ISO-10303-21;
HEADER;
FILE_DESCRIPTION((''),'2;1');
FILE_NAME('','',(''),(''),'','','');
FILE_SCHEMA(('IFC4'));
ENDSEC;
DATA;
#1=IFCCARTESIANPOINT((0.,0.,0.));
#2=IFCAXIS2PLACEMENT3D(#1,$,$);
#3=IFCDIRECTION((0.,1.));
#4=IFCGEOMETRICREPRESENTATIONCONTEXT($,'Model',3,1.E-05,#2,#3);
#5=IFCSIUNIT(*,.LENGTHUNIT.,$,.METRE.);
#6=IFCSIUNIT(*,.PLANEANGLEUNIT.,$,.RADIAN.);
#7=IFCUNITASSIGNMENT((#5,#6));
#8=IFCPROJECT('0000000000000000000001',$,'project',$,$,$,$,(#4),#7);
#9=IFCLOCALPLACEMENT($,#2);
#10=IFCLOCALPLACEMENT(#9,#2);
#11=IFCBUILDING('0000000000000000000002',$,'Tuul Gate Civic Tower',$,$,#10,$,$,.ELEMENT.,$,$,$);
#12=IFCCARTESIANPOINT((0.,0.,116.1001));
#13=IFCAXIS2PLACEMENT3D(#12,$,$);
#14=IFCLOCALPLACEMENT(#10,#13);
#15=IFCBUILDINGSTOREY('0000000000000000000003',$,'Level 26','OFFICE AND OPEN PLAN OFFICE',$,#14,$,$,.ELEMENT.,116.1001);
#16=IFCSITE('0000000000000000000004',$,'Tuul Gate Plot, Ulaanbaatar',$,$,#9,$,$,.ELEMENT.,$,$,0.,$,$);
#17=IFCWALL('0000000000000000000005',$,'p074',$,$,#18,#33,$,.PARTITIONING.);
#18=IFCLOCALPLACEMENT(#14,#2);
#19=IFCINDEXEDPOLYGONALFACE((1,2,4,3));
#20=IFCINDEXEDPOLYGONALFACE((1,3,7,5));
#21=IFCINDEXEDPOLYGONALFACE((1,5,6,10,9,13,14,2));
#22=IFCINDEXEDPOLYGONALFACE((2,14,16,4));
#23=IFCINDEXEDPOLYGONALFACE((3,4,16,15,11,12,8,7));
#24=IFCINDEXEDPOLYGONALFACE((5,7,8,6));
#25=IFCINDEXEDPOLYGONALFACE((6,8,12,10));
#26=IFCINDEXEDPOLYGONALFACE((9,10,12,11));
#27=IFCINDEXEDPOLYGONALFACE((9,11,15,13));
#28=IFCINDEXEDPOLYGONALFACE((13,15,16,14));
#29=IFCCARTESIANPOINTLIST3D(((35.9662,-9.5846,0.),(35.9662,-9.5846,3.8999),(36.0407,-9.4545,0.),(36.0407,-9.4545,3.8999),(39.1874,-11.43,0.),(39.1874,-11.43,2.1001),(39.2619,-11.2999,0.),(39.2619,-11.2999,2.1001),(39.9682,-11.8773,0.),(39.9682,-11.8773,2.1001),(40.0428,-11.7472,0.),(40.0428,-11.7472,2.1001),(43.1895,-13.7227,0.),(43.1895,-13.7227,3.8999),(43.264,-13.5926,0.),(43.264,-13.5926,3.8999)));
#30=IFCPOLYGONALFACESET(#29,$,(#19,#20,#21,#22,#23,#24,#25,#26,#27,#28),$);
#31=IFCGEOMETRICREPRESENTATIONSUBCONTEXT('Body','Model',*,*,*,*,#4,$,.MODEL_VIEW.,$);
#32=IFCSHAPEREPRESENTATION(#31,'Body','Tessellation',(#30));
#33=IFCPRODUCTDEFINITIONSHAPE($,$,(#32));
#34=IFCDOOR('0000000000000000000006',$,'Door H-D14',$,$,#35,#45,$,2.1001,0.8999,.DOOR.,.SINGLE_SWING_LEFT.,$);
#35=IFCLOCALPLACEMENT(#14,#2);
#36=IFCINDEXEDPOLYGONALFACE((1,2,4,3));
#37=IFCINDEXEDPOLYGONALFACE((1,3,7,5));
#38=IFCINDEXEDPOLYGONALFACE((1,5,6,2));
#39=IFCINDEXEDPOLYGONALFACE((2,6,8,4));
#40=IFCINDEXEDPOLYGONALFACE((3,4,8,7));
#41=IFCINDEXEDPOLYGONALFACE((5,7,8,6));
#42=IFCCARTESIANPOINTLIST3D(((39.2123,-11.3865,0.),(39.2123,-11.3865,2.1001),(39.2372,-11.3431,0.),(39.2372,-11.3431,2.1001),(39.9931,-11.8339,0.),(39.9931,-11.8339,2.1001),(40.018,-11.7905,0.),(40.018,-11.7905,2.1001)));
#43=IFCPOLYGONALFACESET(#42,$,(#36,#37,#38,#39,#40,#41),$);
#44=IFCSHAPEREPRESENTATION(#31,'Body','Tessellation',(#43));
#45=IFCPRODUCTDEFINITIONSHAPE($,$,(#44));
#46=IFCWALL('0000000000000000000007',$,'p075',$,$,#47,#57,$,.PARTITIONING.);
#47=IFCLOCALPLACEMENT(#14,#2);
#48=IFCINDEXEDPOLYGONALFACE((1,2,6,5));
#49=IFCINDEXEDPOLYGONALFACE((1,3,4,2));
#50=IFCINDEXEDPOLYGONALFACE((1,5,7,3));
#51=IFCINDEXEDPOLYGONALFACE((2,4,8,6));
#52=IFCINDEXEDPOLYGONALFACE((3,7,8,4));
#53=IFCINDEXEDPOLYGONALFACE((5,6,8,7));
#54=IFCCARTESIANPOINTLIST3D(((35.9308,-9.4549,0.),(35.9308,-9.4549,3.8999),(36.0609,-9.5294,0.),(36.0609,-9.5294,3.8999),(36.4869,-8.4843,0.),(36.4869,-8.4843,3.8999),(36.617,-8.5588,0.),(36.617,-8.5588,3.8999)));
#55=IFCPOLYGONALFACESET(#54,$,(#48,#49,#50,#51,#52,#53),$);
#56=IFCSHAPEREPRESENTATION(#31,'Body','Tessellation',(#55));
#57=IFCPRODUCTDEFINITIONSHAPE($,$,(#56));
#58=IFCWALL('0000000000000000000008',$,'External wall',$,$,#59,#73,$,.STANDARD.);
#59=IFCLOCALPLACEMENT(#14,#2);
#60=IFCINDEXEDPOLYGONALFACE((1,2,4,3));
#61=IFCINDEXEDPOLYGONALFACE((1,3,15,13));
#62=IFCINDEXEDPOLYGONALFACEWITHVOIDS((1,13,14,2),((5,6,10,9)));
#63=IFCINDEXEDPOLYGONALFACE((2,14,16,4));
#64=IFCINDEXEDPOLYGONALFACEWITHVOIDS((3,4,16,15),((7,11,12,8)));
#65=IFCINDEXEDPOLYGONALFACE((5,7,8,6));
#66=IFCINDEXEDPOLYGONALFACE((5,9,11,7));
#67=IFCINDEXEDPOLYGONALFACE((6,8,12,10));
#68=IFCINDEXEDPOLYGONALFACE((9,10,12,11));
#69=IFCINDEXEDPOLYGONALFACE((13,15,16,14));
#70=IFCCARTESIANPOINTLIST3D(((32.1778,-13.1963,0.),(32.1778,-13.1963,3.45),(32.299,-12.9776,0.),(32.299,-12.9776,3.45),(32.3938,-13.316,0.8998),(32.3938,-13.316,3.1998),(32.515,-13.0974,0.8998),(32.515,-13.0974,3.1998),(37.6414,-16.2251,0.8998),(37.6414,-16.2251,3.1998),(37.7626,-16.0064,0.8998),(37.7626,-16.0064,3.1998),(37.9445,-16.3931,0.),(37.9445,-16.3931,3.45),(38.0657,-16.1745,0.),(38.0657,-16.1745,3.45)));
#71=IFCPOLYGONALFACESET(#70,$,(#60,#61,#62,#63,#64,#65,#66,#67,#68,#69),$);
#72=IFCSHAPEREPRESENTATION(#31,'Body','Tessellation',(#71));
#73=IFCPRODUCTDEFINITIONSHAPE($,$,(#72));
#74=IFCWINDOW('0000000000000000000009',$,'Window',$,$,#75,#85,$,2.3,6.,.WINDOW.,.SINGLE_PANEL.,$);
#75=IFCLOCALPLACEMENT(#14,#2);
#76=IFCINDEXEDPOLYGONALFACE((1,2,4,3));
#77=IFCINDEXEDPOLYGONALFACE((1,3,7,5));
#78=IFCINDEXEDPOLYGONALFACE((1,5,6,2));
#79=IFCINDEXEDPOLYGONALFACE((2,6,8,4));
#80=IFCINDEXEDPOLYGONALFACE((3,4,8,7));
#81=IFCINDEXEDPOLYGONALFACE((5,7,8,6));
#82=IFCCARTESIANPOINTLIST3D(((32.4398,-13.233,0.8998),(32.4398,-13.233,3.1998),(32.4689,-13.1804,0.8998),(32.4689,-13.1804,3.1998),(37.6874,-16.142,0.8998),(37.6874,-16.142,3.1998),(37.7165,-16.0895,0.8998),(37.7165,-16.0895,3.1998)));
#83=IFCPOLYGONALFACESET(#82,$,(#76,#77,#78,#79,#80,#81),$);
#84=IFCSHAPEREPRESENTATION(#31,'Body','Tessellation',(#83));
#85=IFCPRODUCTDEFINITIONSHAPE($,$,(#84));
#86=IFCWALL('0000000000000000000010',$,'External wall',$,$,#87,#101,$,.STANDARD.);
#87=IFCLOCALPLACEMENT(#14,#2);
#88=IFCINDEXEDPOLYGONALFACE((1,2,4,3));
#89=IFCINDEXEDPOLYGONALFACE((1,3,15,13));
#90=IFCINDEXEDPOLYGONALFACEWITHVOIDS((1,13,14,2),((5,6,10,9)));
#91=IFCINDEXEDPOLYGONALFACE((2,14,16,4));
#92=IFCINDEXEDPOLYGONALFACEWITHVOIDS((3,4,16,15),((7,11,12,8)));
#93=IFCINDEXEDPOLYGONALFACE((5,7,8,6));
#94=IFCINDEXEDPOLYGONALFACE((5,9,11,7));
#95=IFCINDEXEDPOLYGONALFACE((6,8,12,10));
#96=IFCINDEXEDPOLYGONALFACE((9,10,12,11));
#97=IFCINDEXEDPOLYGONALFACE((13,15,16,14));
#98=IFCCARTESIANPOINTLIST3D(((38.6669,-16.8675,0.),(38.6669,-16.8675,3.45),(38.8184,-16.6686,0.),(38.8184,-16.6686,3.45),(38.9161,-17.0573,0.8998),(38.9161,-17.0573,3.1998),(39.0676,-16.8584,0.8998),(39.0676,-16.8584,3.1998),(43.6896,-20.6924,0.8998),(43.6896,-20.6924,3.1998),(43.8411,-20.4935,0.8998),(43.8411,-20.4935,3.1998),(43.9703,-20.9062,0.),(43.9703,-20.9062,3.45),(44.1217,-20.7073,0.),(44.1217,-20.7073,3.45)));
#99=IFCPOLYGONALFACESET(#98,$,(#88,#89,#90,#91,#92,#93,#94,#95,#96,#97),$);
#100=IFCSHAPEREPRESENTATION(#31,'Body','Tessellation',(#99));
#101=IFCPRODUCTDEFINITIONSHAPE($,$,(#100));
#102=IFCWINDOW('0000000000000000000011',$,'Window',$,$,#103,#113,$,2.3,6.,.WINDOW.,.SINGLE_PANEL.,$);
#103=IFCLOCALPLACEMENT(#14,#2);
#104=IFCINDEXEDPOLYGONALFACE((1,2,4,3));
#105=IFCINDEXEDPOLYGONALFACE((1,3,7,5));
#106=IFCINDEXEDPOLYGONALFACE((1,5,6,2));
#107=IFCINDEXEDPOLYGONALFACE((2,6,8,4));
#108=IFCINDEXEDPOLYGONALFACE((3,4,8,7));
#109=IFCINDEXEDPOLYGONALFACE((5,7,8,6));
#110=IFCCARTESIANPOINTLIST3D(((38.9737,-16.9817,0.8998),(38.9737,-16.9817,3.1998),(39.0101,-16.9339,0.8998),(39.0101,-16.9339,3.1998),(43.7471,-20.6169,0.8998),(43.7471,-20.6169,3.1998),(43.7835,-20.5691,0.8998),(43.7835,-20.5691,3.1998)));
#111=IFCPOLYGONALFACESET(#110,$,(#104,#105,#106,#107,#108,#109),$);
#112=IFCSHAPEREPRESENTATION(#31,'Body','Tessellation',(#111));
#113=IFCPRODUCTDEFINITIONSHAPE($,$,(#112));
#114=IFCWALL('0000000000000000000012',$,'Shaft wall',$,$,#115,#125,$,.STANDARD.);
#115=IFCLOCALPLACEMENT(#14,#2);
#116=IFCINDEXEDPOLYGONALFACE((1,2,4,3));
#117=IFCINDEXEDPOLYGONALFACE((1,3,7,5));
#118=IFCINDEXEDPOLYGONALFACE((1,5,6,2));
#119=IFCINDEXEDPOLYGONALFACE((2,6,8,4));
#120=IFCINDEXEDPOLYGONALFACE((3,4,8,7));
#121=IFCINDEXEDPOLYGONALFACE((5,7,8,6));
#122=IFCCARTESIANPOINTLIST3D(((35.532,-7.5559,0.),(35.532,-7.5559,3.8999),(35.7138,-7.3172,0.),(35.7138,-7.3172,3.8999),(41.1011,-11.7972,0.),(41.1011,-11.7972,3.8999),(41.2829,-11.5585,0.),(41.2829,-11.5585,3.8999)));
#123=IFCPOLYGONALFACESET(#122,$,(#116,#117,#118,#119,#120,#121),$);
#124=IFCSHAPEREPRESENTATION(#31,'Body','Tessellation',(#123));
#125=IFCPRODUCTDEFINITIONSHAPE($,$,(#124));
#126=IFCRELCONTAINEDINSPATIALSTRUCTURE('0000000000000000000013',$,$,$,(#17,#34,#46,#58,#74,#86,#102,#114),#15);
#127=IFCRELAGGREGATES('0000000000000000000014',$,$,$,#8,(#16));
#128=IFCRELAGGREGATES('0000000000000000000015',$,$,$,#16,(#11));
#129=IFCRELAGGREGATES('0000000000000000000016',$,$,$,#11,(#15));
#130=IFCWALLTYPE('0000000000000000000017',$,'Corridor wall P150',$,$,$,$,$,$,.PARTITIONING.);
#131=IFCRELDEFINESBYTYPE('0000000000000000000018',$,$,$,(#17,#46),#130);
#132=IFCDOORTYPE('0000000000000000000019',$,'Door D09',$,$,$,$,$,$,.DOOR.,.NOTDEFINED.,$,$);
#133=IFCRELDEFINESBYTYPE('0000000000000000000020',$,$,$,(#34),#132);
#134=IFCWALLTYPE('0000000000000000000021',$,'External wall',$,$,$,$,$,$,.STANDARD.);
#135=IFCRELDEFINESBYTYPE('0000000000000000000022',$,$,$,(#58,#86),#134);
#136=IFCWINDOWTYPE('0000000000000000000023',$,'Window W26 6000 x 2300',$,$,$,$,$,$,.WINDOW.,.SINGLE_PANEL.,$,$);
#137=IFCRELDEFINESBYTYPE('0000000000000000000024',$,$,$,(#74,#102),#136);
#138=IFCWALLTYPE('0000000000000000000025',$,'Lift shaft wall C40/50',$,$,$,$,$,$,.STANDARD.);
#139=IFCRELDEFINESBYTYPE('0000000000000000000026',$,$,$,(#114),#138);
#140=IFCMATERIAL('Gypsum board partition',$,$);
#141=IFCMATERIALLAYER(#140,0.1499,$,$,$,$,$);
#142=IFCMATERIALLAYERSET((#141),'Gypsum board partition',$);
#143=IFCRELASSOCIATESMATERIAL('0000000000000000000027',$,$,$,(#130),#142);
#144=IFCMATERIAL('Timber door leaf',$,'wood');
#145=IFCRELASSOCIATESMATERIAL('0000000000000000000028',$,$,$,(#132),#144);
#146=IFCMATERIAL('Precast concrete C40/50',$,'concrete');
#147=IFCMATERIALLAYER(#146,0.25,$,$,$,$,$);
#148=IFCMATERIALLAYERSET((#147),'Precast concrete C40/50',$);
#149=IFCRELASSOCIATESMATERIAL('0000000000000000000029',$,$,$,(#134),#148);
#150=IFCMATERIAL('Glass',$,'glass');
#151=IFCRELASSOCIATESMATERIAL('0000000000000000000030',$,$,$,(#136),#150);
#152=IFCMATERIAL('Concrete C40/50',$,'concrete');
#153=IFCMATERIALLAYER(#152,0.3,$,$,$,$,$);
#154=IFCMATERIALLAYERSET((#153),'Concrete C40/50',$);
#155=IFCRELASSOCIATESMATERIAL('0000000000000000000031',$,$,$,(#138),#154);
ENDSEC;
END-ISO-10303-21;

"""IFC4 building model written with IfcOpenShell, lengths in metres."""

from ifc_helpers import new_model, si_unit, direction, frame, frame_2d, origin, place, context, subcontext, project, spatial, rectangle, extrude, material, layer, layer_set, type_object, element, fill, save


model = new_model("IFC4")

# Units and contexts
model_context = context("Model", 3, precision=1e-05, world=origin(), true_north=direction((0.0, 1.0)))
body_context = subcontext(model_context, "Body", "Model", "MODEL_VIEW")
ifc_project = project(units=[si_unit("LENGTHUNIT", "METRE"), si_unit("PLANEANGLEUNIT", "RADIAN")], contexts=[model_context])

# Site, building, storey
site_placement = place(None, origin())
site = spatial("IfcSite", under=ifc_project, at=site_placement, Name="Tuul Gate Plot, Ulaanbaatar", CompositionType="ELEMENT", RefElevation=0.0)
building_placement = place(site_placement, origin())
building = spatial("IfcBuilding", under=site, at=building_placement, Name="Tuul Gate Civic Tower", CompositionType="ELEMENT")
storey_placement = place(building_placement, frame((0.0, 0.0, 116.1001)))
storey = spatial("IfcBuildingStorey", under=building, at=storey_placement, Name="Level 26", Description="OFFICE AND OPEN PLAN OFFICE", CompositionType="ELEMENT", Elevation=116.1001)

# Shared definitions
ifc_material_1 = material(Name="Gypsum board partition")
ifc_layer_1 = layer(ifc_material_1, 0.1499)
ifc_layer_set_1 = layer_set([ifc_layer_1], Name="Gypsum board partition")
wall_type_1 = type_object("IfcWallType", Name="Corridor wall P150", PredefinedType="PARTITIONING", material=ifc_layer_set_1)

# Wall, opening, door
wall_1_placement = place(storey_placement, frame((36.0034, -9.5195, 0.0), z_axis=(0.0, 0.0, 1.0), x_axis=(0.867698, -0.497092, 0.0)))
wall_1 = element("IfcWall", 1, at=wall_1_placement, inside=storey, type_object=wall_type_1, Name="p074", PredefinedType="PARTITIONING", context=body_context, shape_type="SweptSolid", body=[
    extrude(rectangle(XDim=8.3247, YDim=0.1499, at=frame_2d((4.1624, 0.0))), origin(), (0.0, 0.0, 1.0), 3.8999),
])
opening_1_placement = place(wall_1_placement, frame((3.7124, 0.0, 0.0)))
opening_1 = element("IfcOpeningElement", 2, at=opening_1_placement, cuts=wall_1, PredefinedType="OPENING", context=body_context, shape_type="SweptSolid", body=[
    extrude(rectangle(XDim=0.8999, YDim=2.1001, at=frame_2d((0.45, 1.05))), frame((0.0, 0.085, 0.0), z_axis=(0.0, -1.0, 0.0), x_axis=(1.0, 0.0, 0.0)), (0.0, 0.0, 1.0), 0.1699),
])
ifc_material_2 = material(Name="Timber door leaf", Category="wood")
door_type_1 = type_object("IfcDoorType", Name="Door D09", OperationType="NOTDEFINED", PredefinedType="DOOR", material=ifc_material_2)
door_1_placement = place(opening_1_placement, frame((0.8999, 0.0, 0.0), z_axis=(0.0, 0.0, 1.0), x_axis=(-1.0, 0.0, 0.0)))
door_1 = element("IfcDoor", 3, at=door_1_placement, inside=storey, type_object=door_type_1, Name="Door H-D14", OperationType="SINGLE_SWING_LEFT", OverallHeight=2.1001, OverallWidth=0.8999, PredefinedType="DOOR", context=body_context, shape_type="SweptSolid", body=[
    extrude(rectangle(XDim=0.8999, YDim=2.1001, at=frame_2d((0.45, 1.05))), frame((0.0, 0.0249, 0.0), z_axis=(0.0, -1.0, 0.0), x_axis=(1.0, 0.0, 0.0)), (0.0, 0.0, 1.0), 0.05),
])
fill(opening_1, door_1)

# Wall
wall_2_placement = place(storey_placement, frame((35.9958, -9.4922, 0.0), z_axis=(0.0, 0.0, 1.0), x_axis=(0.497126, 0.867679, 0.0)))
element("IfcWall", 4, at=wall_2_placement, inside=storey, type_object=wall_type_1, Name="p075", PredefinedType="PARTITIONING", context=body_context, shape_type="SweptSolid", body=[
    extrude(rectangle(XDim=1.1187, YDim=0.1499, at=frame_2d((0.5593, 0.0))), origin(), (0.0, 0.0, 1.0), 3.8999),
])

# Walls, openings, windows
ifc_material_3 = material(Name="Precast concrete C40/50", Category="concrete")
ifc_layer_2 = layer(ifc_material_3, 0.25)
ifc_layer_set_2 = layer_set([ifc_layer_2], Name="Precast concrete C40/50")
wall_type_2 = type_object("IfcWallType", Name="External wall", PredefinedType="STANDARD", material=ifc_layer_set_2)
wall_3_placement = place(storey_placement, frame((32.2383, -13.0869, 0.0), z_axis=(0.0, 0.0, 1.0), x_axis=(0.874601, -0.484844, 0.0)))
wall_3 = element("IfcWall", 5, at=wall_3_placement, inside=storey, type_object=wall_type_2, Name="External wall", PredefinedType="STANDARD", context=body_context, shape_type="SweptSolid", body=[
    extrude(rectangle(XDim=6.5935, YDim=0.25, at=frame_2d((3.2969, 0.0))), origin(), (0.0, 0.0, 1.0), 3.45),
])
opening_2_placement = place(wall_3_placement, frame((0.2471, 0.0, 0.8999)))
opening_2 = element("IfcOpeningElement", 6, at=opening_2_placement, cuts=wall_3, PredefinedType="OPENING", context=body_context, shape_type="SweptSolid", body=[
    extrude(rectangle(XDim=6.0, YDim=2.3, at=frame_2d((3.0, 1.1499))), frame((0.0, 0.135, 0.0), z_axis=(0.0, -1.0, 0.0), x_axis=(1.0, 0.0, 0.0)), (0.0, 0.0, 1.0), 0.27),
])
ifc_material_4 = material(Name="Glass", Category="glass")
window_type = type_object("IfcWindowType", Name="Window W26 6000 x 2300", PartitioningType="SINGLE_PANEL", PredefinedType="WINDOW", material=ifc_material_4)
window_1_placement = place(opening_2_placement, origin())
window_1 = element("IfcWindow", 7, at=window_1_placement, inside=storey, type_object=window_type, Name="Window", OverallHeight=2.3, OverallWidth=6.0, PartitioningType="SINGLE_PANEL", PredefinedType="WINDOW", context=body_context, shape_type="SweptSolid", body=[
    extrude(rectangle(XDim=6.0, YDim=2.3, at=frame_2d((3.0, 1.1499))), frame((0.0, 0.03, 0.0), z_axis=(0.0, -1.0, 0.0), x_axis=(1.0, 0.0, 0.0)), (0.0, 0.0, 1.0), 0.0601),
])
fill(opening_2, window_1)
wall_4_placement = place(storey_placement, frame((38.7427, -16.7681, 0.0), z_axis=(0.0, 0.0, 1.0), x_axis=(0.795575, -0.605856, 0.0)))
wall_4 = element("IfcWall", 8, at=wall_4_placement, inside=storey, type_object=wall_type_2, Name="External wall", PredefinedType="STANDARD", context=body_context, shape_type="SweptSolid", body=[
    extrude(rectangle(XDim=6.666, YDim=0.25, at=frame_2d((3.333, 0.0))), origin(), (0.0, 0.0, 1.0), 3.45),
])
opening_3_placement = place(wall_4_placement, frame((0.3132, 0.0, 0.8999)))
opening_3 = element("IfcOpeningElement", 9, at=opening_3_placement, cuts=wall_4, PredefinedType="OPENING", context=body_context, shape_type="SweptSolid", body=[
    extrude(rectangle(XDim=6.0, YDim=2.3, at=frame_2d((3.0, 1.1499))), frame((0.0, 0.135, 0.0), z_axis=(0.0, -1.0, 0.0), x_axis=(1.0, 0.0, 0.0)), (0.0, 0.0, 1.0), 0.27),
])
window_2_placement = place(opening_3_placement, origin())
window_2 = element("IfcWindow", 10, at=window_2_placement, inside=storey, type_object=window_type, Name="Window", OverallHeight=2.3, OverallWidth=6.0, PartitioningType="SINGLE_PANEL", PredefinedType="WINDOW", context=body_context, shape_type="SweptSolid", body=[
    extrude(rectangle(XDim=6.0, YDim=2.3, at=frame_2d((3.0, 1.1499))), frame((0.0, 0.03, 0.0), z_axis=(0.0, -1.0, 0.0), x_axis=(1.0, 0.0, 0.0)), (0.0, 0.0, 1.0), 0.0601),
])
fill(opening_3, window_2)

# Wall
ifc_material_5 = material(Name="Concrete C40/50", Category="concrete")
ifc_layer_3 = layer(ifc_material_5, 0.3)
ifc_layer_set_3 = layer_set([ifc_layer_3], Name="Concrete C40/50")
wall_type_3 = type_object("IfcWallType", Name="Lift shaft wall C40/50", PredefinedType="STANDARD", material=ifc_layer_set_3)
wall_5_placement = place(storey_placement, frame((41.1919, -11.6777, 0.0), z_axis=(0.0, 0.0, 1.0), x_axis=(-0.795563, 0.605871, 0.0)))
element("IfcWall", 11, at=wall_5_placement, inside=storey, type_object=wall_type_3, Name="Shaft wall", PredefinedType="STANDARD", context=body_context, shape_type="SweptSolid", body=[
    extrude(rectangle(XDim=7.0002, YDim=0.3, at=frame_2d((3.5, 0.0))), origin(), (0.0, 0.0, 1.0), 3.8999),
])

save(model, "model.ifc")
